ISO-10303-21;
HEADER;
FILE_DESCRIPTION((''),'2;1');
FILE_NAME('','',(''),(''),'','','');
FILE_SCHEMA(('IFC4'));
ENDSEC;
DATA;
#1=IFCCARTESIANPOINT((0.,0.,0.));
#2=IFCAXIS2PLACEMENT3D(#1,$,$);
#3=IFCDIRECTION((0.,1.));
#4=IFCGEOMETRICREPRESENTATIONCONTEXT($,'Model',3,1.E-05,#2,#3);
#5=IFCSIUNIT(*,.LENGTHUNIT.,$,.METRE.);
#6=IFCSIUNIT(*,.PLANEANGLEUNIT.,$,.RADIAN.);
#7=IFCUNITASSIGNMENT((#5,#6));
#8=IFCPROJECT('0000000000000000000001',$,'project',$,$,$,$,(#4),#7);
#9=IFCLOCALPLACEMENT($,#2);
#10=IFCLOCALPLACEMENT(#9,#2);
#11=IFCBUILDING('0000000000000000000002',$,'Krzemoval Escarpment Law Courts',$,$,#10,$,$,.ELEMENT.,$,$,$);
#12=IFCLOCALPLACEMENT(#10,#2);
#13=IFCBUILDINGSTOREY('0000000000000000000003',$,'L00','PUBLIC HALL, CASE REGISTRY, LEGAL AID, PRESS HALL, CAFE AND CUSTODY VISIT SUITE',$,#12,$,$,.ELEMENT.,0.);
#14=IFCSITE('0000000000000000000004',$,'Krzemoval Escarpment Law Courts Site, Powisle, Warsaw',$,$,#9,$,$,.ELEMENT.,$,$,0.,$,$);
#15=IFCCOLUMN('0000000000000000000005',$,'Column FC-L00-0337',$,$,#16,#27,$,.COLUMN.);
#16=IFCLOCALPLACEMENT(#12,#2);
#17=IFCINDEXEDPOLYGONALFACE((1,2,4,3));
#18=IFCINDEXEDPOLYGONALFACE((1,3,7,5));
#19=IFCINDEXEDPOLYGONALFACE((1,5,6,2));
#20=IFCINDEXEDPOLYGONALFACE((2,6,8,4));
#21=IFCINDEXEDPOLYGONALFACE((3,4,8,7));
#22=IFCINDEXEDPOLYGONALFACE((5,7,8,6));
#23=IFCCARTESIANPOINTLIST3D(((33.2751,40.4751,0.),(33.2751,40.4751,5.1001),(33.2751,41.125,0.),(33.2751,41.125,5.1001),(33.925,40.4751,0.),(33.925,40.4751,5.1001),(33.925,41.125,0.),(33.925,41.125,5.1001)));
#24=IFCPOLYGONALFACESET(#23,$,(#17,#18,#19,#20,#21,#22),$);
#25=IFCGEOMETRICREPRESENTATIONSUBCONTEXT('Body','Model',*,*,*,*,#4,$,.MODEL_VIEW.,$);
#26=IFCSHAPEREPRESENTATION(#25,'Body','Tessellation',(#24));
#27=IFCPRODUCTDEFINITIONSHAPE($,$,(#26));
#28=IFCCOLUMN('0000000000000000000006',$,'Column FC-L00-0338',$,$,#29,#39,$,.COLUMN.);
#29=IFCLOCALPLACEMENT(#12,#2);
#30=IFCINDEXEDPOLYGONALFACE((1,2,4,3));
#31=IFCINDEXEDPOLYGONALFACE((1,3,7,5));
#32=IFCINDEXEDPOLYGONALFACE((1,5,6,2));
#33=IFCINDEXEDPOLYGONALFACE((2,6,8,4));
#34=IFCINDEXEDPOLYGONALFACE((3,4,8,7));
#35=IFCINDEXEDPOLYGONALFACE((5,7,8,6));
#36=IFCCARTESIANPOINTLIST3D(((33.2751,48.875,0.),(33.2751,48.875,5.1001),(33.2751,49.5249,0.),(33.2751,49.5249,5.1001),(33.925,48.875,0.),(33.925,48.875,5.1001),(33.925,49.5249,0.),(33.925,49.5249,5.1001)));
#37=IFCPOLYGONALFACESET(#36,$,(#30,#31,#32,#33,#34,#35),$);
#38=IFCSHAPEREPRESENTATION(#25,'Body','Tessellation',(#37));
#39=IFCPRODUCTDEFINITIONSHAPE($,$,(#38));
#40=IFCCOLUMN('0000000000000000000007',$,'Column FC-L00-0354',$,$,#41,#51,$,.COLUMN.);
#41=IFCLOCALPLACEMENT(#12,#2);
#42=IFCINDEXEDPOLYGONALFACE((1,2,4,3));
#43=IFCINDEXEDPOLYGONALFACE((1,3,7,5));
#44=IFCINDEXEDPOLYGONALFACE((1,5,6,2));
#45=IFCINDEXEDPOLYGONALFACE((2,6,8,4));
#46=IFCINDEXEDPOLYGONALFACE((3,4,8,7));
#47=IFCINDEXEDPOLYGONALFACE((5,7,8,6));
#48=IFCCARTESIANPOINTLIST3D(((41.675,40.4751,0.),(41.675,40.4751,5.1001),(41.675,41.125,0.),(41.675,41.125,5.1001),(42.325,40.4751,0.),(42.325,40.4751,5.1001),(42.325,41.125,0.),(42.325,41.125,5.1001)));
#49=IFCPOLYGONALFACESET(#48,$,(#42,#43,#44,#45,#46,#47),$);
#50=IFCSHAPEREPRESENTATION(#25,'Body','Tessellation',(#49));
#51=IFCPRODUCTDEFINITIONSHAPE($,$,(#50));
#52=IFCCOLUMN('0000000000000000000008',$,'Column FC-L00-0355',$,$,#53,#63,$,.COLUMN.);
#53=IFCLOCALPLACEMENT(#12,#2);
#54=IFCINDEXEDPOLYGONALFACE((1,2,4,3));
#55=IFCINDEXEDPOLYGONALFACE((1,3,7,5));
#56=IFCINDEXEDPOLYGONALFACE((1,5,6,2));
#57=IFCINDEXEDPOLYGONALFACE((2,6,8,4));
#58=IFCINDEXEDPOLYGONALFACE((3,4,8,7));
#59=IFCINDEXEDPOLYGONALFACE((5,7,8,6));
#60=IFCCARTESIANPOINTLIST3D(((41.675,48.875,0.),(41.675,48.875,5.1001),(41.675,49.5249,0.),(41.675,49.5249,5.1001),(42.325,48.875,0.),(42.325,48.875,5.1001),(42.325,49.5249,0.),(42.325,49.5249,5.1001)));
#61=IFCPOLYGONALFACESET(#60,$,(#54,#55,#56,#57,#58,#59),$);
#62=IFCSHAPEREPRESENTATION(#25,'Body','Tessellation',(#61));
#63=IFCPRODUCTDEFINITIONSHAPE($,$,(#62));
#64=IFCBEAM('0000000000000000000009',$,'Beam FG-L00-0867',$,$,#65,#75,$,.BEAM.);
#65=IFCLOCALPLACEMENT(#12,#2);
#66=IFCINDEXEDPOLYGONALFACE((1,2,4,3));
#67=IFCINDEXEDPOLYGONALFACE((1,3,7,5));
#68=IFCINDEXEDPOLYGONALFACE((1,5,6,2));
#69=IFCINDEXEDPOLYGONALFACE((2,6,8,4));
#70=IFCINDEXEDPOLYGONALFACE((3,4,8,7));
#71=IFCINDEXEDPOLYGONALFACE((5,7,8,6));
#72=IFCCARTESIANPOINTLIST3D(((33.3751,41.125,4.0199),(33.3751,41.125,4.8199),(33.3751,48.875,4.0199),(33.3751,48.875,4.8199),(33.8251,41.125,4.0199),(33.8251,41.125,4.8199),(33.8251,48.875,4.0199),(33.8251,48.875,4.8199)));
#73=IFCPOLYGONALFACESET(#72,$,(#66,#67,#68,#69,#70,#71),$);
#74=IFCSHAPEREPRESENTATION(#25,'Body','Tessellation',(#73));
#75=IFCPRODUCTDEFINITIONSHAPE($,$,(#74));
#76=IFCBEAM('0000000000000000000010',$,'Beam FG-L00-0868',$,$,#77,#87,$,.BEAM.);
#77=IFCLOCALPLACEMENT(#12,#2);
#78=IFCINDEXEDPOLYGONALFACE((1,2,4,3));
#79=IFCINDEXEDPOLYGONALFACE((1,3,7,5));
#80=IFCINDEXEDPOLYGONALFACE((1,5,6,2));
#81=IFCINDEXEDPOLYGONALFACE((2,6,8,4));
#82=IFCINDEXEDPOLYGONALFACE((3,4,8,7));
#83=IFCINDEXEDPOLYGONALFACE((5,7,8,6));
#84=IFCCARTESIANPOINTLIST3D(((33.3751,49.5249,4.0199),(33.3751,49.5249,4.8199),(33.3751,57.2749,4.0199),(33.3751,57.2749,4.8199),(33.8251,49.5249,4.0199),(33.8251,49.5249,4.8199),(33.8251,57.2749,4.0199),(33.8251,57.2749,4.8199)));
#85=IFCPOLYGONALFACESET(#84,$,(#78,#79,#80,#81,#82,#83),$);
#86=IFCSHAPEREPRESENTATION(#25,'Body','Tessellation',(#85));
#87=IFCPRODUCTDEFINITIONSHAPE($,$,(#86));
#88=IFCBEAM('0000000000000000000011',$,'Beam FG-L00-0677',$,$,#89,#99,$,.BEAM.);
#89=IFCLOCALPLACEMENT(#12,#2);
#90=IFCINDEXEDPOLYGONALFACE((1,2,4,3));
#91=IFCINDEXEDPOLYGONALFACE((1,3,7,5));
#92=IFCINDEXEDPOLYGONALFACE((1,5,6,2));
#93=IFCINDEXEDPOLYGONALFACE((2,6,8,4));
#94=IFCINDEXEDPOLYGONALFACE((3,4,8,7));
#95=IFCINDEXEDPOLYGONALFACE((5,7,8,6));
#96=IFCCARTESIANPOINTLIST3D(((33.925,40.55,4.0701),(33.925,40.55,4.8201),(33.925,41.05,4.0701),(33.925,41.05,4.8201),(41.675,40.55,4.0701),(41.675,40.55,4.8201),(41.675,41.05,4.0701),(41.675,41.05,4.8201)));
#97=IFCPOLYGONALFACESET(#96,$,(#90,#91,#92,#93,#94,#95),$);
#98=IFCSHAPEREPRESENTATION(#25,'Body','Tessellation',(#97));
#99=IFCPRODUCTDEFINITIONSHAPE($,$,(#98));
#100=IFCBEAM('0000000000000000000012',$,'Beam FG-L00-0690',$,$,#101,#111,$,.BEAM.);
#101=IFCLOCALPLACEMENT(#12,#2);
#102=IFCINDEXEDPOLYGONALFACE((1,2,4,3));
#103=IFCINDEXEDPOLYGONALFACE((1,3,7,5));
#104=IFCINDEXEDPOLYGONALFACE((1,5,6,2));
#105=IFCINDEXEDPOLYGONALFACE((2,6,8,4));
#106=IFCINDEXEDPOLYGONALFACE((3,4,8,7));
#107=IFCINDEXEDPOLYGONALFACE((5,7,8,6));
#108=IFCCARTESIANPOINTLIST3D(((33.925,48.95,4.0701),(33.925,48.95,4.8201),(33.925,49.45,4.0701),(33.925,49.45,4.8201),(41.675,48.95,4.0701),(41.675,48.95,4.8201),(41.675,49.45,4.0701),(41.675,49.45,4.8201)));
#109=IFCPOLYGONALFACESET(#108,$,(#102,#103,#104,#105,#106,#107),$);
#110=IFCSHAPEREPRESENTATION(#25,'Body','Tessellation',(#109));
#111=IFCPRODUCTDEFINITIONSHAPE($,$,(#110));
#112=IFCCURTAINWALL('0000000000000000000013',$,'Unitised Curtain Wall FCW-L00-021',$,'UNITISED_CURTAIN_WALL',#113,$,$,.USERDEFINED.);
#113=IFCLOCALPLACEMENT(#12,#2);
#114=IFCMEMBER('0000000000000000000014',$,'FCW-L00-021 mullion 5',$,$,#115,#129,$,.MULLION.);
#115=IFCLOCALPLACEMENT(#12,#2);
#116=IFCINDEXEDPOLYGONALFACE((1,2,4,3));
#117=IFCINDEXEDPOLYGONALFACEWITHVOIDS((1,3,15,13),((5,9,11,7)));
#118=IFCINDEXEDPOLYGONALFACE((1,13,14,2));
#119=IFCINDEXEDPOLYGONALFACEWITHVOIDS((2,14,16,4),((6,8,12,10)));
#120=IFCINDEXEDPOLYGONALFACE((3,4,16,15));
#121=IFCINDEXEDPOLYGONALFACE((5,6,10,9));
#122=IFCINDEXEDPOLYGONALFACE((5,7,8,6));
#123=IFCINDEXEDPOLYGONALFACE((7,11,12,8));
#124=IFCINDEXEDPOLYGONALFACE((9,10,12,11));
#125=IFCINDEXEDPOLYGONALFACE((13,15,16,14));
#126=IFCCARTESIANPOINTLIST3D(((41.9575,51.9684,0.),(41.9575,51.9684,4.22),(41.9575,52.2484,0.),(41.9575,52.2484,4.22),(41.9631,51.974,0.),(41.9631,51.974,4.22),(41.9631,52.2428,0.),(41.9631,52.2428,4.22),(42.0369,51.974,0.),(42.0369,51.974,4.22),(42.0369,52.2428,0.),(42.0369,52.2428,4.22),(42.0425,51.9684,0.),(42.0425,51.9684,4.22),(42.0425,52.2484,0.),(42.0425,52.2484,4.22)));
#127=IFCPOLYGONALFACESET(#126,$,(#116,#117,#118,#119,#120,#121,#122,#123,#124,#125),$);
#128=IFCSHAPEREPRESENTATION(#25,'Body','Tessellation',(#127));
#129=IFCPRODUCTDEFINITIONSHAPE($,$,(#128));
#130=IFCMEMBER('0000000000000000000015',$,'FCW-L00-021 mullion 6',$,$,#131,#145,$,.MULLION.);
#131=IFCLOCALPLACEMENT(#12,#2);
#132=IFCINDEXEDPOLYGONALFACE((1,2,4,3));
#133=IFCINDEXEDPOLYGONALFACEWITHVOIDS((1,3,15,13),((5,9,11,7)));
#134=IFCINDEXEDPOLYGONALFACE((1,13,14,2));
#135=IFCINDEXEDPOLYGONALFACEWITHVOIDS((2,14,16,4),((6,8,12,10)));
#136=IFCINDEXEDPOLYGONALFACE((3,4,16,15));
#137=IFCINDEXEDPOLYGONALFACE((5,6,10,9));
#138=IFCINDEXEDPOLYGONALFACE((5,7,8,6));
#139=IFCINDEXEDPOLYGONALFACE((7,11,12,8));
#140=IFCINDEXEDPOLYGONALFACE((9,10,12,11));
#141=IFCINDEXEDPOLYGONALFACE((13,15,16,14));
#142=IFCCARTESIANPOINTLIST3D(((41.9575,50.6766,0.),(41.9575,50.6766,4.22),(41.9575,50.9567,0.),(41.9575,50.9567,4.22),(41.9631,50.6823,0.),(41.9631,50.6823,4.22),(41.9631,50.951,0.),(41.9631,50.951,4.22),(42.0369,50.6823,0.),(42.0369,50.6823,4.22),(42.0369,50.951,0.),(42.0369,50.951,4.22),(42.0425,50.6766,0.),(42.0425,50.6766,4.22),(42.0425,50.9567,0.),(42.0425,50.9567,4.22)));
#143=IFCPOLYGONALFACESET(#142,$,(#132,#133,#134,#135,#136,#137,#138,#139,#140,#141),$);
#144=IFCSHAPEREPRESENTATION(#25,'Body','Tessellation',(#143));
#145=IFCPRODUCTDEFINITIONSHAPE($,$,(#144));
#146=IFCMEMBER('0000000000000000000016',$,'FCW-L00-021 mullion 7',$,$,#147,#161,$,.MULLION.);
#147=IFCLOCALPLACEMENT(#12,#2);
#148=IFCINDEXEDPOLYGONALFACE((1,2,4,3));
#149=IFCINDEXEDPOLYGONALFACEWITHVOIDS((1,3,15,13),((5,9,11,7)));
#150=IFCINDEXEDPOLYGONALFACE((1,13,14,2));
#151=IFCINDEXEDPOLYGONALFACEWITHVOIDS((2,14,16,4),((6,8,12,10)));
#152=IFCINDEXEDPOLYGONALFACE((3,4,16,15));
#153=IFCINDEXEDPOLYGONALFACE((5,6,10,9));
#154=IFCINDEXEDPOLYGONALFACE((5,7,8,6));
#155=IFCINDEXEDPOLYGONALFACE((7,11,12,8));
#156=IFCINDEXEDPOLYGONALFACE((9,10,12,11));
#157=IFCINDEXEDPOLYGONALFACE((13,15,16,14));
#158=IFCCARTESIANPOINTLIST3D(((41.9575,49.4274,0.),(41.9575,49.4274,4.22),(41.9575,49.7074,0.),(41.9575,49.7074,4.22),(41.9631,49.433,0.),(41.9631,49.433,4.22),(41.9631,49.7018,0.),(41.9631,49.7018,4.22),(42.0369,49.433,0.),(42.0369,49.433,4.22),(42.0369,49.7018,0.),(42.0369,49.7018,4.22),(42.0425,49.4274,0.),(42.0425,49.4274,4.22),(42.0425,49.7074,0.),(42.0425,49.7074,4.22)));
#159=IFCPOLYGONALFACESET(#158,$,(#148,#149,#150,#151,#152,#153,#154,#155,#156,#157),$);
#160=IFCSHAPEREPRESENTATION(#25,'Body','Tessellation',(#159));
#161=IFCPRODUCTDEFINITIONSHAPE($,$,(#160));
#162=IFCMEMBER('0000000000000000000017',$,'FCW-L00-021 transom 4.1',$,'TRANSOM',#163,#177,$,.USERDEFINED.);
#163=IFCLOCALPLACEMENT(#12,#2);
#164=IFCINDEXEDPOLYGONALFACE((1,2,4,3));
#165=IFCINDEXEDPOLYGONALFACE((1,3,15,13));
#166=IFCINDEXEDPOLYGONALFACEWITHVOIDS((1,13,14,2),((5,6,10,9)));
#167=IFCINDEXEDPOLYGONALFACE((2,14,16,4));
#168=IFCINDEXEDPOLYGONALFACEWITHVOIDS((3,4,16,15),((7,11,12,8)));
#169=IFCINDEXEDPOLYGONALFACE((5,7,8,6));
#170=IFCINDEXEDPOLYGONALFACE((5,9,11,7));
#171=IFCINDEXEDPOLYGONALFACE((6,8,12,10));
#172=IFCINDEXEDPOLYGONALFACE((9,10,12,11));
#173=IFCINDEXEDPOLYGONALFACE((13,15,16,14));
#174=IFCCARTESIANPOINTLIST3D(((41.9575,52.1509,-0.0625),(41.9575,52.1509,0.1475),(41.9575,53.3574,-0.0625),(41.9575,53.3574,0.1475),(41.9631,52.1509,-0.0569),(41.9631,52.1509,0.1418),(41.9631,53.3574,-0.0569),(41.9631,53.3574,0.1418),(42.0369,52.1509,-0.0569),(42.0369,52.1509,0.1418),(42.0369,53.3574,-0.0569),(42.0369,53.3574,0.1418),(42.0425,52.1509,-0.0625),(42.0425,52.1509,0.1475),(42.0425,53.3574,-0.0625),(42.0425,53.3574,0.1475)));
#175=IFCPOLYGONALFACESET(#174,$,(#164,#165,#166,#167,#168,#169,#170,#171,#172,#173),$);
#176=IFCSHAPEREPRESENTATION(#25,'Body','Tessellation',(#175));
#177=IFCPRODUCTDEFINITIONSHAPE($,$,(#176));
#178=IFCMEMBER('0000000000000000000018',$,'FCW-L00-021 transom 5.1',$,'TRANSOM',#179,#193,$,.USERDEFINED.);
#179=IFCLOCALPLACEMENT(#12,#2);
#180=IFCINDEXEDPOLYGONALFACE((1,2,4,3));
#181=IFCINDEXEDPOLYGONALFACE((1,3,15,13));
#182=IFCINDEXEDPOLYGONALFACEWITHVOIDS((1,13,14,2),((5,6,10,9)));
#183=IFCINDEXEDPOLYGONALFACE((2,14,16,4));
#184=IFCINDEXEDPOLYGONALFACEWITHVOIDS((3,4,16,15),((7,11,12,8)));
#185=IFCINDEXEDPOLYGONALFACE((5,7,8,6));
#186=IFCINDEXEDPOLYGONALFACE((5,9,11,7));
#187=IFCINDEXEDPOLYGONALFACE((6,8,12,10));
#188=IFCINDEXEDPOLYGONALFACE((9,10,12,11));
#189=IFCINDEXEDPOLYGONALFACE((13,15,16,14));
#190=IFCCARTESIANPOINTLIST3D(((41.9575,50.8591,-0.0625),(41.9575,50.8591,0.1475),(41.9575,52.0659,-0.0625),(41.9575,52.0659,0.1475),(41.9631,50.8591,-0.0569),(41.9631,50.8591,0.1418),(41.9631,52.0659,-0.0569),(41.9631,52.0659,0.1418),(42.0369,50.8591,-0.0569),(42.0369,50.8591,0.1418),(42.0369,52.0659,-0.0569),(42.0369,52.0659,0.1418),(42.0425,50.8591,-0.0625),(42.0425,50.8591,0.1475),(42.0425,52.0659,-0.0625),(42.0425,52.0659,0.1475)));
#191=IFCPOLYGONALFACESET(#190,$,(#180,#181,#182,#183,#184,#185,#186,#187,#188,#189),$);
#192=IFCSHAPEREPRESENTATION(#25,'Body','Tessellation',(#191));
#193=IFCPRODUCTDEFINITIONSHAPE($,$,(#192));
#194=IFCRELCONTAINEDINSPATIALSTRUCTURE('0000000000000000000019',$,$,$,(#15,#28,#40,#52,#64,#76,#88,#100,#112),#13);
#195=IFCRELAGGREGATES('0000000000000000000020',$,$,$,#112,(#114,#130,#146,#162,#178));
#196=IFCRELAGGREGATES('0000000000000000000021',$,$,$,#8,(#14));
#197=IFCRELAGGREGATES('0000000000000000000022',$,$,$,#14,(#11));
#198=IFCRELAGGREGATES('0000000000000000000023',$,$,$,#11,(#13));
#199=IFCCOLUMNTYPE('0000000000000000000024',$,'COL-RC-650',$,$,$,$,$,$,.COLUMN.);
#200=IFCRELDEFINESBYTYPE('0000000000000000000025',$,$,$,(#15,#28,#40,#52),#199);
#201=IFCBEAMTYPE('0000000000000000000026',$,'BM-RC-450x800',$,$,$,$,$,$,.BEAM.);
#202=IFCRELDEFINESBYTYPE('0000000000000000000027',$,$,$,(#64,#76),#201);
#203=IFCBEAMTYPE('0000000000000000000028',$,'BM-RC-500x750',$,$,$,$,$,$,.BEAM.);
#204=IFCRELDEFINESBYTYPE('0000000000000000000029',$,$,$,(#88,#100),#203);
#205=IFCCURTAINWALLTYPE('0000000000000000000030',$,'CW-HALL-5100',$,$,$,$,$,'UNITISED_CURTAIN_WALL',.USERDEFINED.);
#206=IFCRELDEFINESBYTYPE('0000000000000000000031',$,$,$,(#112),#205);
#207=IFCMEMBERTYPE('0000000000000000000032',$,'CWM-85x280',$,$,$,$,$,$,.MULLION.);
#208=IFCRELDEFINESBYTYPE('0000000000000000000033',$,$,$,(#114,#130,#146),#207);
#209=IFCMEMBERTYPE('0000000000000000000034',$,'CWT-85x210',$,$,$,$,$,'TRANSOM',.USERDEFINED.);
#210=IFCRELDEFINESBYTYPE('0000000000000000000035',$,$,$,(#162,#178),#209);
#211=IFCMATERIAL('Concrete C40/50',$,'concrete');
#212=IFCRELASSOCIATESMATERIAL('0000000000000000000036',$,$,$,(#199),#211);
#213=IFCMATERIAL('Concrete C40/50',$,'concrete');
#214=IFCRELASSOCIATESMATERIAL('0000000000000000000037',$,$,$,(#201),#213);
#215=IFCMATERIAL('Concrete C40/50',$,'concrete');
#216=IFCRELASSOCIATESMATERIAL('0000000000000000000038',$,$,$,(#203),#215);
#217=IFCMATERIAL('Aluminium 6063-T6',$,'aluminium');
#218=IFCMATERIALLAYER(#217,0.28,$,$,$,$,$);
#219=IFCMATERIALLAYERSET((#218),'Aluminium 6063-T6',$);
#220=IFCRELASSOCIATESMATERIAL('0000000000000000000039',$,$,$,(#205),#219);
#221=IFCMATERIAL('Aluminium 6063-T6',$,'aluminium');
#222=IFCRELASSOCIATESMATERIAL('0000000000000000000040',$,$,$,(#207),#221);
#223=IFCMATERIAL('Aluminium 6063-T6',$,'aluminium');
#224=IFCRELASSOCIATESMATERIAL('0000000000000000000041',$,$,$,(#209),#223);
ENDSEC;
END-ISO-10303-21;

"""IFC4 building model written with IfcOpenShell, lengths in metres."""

from ifc_helpers import new_model, si_unit, direction, frame, origin, origin_2d, place, context, subcontext, project, spatial, rectangle, hollow_rectangle, extrude, material, layer, layer_set, material_profile, profile_set, type_object, element, aggregate, save


model = new_model("IFC4")

# Units and contexts
model_context = context("Model", 3, precision=1e-05, world=origin(), true_north=direction((0.0, 1.0)))
body_context = subcontext(model_context, "Body", "Model", "MODEL_VIEW")
ifc_project = project(units=[si_unit("LENGTHUNIT", "METRE"), si_unit("PLANEANGLEUNIT", "RADIAN")], contexts=[model_context])

# Site, building, storey
site_placement = place(None, origin())
site = spatial("IfcSite", under=ifc_project, at=site_placement, Name="Krzemoval Escarpment Law Courts Site, Powisle, Warsaw", CompositionType="ELEMENT", RefElevation=0.0)
building_placement = place(site_placement, origin())
building = spatial("IfcBuilding", under=site, at=building_placement, Name="Krzemoval Escarpment Law Courts", CompositionType="ELEMENT")
storey_placement = place(building_placement, origin())
storey = spatial("IfcBuildingStorey", under=building, at=storey_placement, Name="L00", Description="PUBLIC HALL, CASE REGISTRY, LEGAL AID, PRESS HALL, CAFE AND CUSTODY VISIT SUITE", CompositionType="ELEMENT", Elevation=0.0)

# Columns
ifc_material_1 = material(Name="Concrete C40/50", Category="concrete")
ifc_material_profile_1 = material_profile(ifc_material_1, rectangle(XDim=0.6499, YDim=0.6499, at=origin_2d()), Name="RC 650x650")
ifc_profile_set_1 = profile_set([ifc_material_profile_1], Name="Concrete C40/50")
column_type = type_object("IfcColumnType", Name="COL-RC-650", PredefinedType="COLUMN", material=ifc_profile_set_1)
for number, where, z_axis, x_axis, name in (
    (1, (33.6001, 40.8, 0.0), (0.0, 0.0, 1.0), (1.0, 0.0, 0.0), "Column FC-L00-0337"),
    (2, (33.6001, 49.2, 0.0), (0.0, 0.0, 1.0), (1.0, 0.0, 0.0), "Column FC-L00-0338"),
    (3, (42.0, 40.8, 0.0), (0.0, 0.0, 1.0), (1.0, 0.0, 0.0), "Column FC-L00-0354"),
    (4, (42.0, 49.2, 0.0), (0.0, 0.0, 1.0), (1.0, 0.0, 0.0), "Column FC-L00-0355"),
):
    element("IfcColumn", number, at=place(storey_placement, frame(where, z_axis=z_axis, x_axis=x_axis)), inside=storey, type_object=column_type, Name=name, PredefinedType="COLUMN", context=body_context, shape_type="SweptSolid", body=[
        extrude(rectangle(XDim=0.6499, YDim=0.6499, at=origin_2d()), origin(), (0.0, 0.0, 1.0), 5.1001),
    ])

# Beams
ifc_material_2 = material(Name="Concrete C40/50", Category="concrete")
ifc_material_profile_2 = material_profile(ifc_material_2, rectangle(XDim=0.45, YDim=0.8, at=origin_2d()), Name="RCB 450x800")
ifc_profile_set_2 = profile_set([ifc_material_profile_2], Name="Concrete C40/50")
beam_type_1 = type_object("IfcBeamType", Name="BM-RC-450x800", PredefinedType="BEAM", material=ifc_profile_set_2)
for number, where, z_axis, x_axis, name in (
    (5, (33.6001, 41.125, 4.4199), (0.0, 1.0, 0.0), (-1.0, 0.0, 0.0), "Beam FG-L00-0867"),
    (6, (33.6001, 49.5249, 4.4199), (0.0, 1.0, 0.0), (-1.0, 0.0, 0.0), "Beam FG-L00-0868"),
):
    element("IfcBeam", number, at=place(storey_placement, frame(where, z_axis=z_axis, x_axis=x_axis)), inside=storey, type_object=beam_type_1, Name=name, PredefinedType="BEAM", context=body_context, shape_type="SweptSolid", body=[
        extrude(rectangle(XDim=0.45, YDim=0.8, at=origin_2d()), origin(), (0.0, 0.0, 1.0), 7.75),
    ])
ifc_material_3 = material(Name="Concrete C40/50", Category="concrete")
ifc_material_profile_3 = material_profile(ifc_material_3, rectangle(XDim=0.5, YDim=0.75, at=origin_2d()), Name="RCB 500x750")
ifc_profile_set_3 = profile_set([ifc_material_profile_3], Name="Concrete C40/50")
beam_type_2 = type_object("IfcBeamType", Name="BM-RC-500x750", PredefinedType="BEAM", material=ifc_profile_set_3)
for number, where, z_axis, x_axis, name in (
    (7, (33.925, 40.8, 4.4451), (1.0, 0.0, 0.0), (0.0, 1.0, 0.0), "Beam FG-L00-0677"),
    (8, (33.925, 49.2, 4.4451), (1.0, 0.0, 0.0), (0.0, 1.0, 0.0), "Beam FG-L00-0690"),
):
    element("IfcBeam", number, at=place(storey_placement, frame(where, z_axis=z_axis, x_axis=x_axis)), inside=storey, type_object=beam_type_2, Name=name, PredefinedType="BEAM", context=body_context, shape_type="SweptSolid", body=[
        extrude(rectangle(XDim=0.5, YDim=0.75, at=origin_2d()), origin(), (0.0, 0.0, 1.0), 7.75),
    ])

# Curtain wall, members
ifc_material_4 = material(Name="Aluminium 6063-T6", Category="aluminium")
ifc_layer_1 = layer(ifc_material_4, 0.28)
ifc_layer_set_1 = layer_set([ifc_layer_1], Name="Aluminium 6063-T6")
curtain_wall_type = type_object("IfcCurtainWallType", Name="CW-HALL-5100", ElementType="UNITISED_CURTAIN_WALL", PredefinedType="USERDEFINED", material=ifc_layer_set_1)
curtain_wall_placement = place(storey_placement, origin())
curtain_wall = element("IfcCurtainWall", 9, at=curtain_wall_placement, inside=storey, type_object=curtain_wall_type, Name="Unitised Curtain Wall FCW-L00-021", ObjectType="UNITISED_CURTAIN_WALL", PredefinedType="USERDEFINED")
ifc_material_5 = material(Name="Aluminium 6063-T6", Category="aluminium")
ifc_material_profile_4 = material_profile(ifc_material_5, hollow_rectangle(XDim=0.085, YDim=0.28, WallThickness=0.0056, at=origin_2d()), Name="ALU M85x280")
ifc_profile_set_4 = profile_set([ifc_material_profile_4], Name="Aluminium 6063-T6")
member_type_1 = type_object("IfcMemberType", Name="CWM-85x280", PredefinedType="MULLION", material=ifc_profile_set_4)
member_1_placement = place(storey_placement, frame((42.0, 52.1084, 0.0), z_axis=(0.0, 0.0, 1.0), x_axis=(1.0, 0.0, 0.0)))
member_1 = element("IfcMember", 10, at=member_1_placement, type_object=member_type_1, Name="FCW-L00-021 mullion 5", PredefinedType="MULLION", context=body_context, shape_type="SweptSolid", body=[
    extrude(hollow_rectangle(XDim=0.085, YDim=0.28, WallThickness=0.0056, at=origin_2d()), origin(), (0.0, 0.0, 1.0), 4.22),
])
member_2_placement = place(storey_placement, frame((42.0, 50.8167, 0.0), z_axis=(0.0, 0.0, 1.0), x_axis=(1.0, 0.0, 0.0)))
member_2 = element("IfcMember", 11, at=member_2_placement, type_object=member_type_1, Name="FCW-L00-021 mullion 6", PredefinedType="MULLION", context=body_context, shape_type="SweptSolid", body=[
    extrude(hollow_rectangle(XDim=0.085, YDim=0.28, WallThickness=0.0056, at=origin_2d()), origin(), (0.0, 0.0, 1.0), 4.22),
])
member_3_placement = place(storey_placement, frame((42.0, 49.5674, 0.0), z_axis=(0.0, 0.0, 1.0), x_axis=(1.0, 0.0, 0.0)))
member_3 = element("IfcMember", 12, at=member_3_placement, type_object=member_type_1, Name="FCW-L00-021 mullion 7", PredefinedType="MULLION", context=body_context, shape_type="SweptSolid", body=[
    extrude(hollow_rectangle(XDim=0.085, YDim=0.28, WallThickness=0.0056, at=origin_2d()), origin(), (0.0, 0.0, 1.0), 4.22),
])
ifc_material_6 = material(Name="Aluminium 6063-T6", Category="aluminium")
ifc_material_profile_5 = material_profile(ifc_material_6, hollow_rectangle(XDim=0.085, YDim=0.21, WallThickness=0.0056, at=origin_2d()), Name="ALU T85x210")
ifc_profile_set_5 = profile_set([ifc_material_profile_5], Name="Aluminium 6063-T6")
member_type_2 = type_object("IfcMemberType", Name="CWT-85x210", ElementType="TRANSOM", PredefinedType="USERDEFINED", material=ifc_profile_set_5)
member_4_placement = place(storey_placement, frame((42.0, 53.3574, 0.0425), z_axis=(0.0, -1.0, 0.0), x_axis=(1.0, 0.0, 0.0)))
member_4 = element("IfcMember", 13, at=member_4_placement, type_object=member_type_2, Name="FCW-L00-021 transom 4.1", ObjectType="TRANSOM", PredefinedType="USERDEFINED", context=body_context, shape_type="SweptSolid", body=[
    extrude(hollow_rectangle(XDim=0.085, YDim=0.21, WallThickness=0.0056, at=origin_2d()), origin(), (0.0, 0.0, 1.0), 1.2065),
])
member_5_placement = place(storey_placement, frame((42.0, 52.0659, 0.0425), z_axis=(0.0, -1.0, 0.0), x_axis=(1.0, 0.0, 0.0)))
member_5 = element("IfcMember", 14, at=member_5_placement, type_object=member_type_2, Name="FCW-L00-021 transom 5.1", ObjectType="TRANSOM", PredefinedType="USERDEFINED", context=body_context, shape_type="SweptSolid", body=[
    extrude(hollow_rectangle(XDim=0.085, YDim=0.21, WallThickness=0.0056, at=origin_2d()), origin(), (0.0, 0.0, 1.0), 1.2068),
])

aggregate(curtain_wall, [member_1, member_2, member_3, member_4, member_5])

save(model, "model.ifc")
